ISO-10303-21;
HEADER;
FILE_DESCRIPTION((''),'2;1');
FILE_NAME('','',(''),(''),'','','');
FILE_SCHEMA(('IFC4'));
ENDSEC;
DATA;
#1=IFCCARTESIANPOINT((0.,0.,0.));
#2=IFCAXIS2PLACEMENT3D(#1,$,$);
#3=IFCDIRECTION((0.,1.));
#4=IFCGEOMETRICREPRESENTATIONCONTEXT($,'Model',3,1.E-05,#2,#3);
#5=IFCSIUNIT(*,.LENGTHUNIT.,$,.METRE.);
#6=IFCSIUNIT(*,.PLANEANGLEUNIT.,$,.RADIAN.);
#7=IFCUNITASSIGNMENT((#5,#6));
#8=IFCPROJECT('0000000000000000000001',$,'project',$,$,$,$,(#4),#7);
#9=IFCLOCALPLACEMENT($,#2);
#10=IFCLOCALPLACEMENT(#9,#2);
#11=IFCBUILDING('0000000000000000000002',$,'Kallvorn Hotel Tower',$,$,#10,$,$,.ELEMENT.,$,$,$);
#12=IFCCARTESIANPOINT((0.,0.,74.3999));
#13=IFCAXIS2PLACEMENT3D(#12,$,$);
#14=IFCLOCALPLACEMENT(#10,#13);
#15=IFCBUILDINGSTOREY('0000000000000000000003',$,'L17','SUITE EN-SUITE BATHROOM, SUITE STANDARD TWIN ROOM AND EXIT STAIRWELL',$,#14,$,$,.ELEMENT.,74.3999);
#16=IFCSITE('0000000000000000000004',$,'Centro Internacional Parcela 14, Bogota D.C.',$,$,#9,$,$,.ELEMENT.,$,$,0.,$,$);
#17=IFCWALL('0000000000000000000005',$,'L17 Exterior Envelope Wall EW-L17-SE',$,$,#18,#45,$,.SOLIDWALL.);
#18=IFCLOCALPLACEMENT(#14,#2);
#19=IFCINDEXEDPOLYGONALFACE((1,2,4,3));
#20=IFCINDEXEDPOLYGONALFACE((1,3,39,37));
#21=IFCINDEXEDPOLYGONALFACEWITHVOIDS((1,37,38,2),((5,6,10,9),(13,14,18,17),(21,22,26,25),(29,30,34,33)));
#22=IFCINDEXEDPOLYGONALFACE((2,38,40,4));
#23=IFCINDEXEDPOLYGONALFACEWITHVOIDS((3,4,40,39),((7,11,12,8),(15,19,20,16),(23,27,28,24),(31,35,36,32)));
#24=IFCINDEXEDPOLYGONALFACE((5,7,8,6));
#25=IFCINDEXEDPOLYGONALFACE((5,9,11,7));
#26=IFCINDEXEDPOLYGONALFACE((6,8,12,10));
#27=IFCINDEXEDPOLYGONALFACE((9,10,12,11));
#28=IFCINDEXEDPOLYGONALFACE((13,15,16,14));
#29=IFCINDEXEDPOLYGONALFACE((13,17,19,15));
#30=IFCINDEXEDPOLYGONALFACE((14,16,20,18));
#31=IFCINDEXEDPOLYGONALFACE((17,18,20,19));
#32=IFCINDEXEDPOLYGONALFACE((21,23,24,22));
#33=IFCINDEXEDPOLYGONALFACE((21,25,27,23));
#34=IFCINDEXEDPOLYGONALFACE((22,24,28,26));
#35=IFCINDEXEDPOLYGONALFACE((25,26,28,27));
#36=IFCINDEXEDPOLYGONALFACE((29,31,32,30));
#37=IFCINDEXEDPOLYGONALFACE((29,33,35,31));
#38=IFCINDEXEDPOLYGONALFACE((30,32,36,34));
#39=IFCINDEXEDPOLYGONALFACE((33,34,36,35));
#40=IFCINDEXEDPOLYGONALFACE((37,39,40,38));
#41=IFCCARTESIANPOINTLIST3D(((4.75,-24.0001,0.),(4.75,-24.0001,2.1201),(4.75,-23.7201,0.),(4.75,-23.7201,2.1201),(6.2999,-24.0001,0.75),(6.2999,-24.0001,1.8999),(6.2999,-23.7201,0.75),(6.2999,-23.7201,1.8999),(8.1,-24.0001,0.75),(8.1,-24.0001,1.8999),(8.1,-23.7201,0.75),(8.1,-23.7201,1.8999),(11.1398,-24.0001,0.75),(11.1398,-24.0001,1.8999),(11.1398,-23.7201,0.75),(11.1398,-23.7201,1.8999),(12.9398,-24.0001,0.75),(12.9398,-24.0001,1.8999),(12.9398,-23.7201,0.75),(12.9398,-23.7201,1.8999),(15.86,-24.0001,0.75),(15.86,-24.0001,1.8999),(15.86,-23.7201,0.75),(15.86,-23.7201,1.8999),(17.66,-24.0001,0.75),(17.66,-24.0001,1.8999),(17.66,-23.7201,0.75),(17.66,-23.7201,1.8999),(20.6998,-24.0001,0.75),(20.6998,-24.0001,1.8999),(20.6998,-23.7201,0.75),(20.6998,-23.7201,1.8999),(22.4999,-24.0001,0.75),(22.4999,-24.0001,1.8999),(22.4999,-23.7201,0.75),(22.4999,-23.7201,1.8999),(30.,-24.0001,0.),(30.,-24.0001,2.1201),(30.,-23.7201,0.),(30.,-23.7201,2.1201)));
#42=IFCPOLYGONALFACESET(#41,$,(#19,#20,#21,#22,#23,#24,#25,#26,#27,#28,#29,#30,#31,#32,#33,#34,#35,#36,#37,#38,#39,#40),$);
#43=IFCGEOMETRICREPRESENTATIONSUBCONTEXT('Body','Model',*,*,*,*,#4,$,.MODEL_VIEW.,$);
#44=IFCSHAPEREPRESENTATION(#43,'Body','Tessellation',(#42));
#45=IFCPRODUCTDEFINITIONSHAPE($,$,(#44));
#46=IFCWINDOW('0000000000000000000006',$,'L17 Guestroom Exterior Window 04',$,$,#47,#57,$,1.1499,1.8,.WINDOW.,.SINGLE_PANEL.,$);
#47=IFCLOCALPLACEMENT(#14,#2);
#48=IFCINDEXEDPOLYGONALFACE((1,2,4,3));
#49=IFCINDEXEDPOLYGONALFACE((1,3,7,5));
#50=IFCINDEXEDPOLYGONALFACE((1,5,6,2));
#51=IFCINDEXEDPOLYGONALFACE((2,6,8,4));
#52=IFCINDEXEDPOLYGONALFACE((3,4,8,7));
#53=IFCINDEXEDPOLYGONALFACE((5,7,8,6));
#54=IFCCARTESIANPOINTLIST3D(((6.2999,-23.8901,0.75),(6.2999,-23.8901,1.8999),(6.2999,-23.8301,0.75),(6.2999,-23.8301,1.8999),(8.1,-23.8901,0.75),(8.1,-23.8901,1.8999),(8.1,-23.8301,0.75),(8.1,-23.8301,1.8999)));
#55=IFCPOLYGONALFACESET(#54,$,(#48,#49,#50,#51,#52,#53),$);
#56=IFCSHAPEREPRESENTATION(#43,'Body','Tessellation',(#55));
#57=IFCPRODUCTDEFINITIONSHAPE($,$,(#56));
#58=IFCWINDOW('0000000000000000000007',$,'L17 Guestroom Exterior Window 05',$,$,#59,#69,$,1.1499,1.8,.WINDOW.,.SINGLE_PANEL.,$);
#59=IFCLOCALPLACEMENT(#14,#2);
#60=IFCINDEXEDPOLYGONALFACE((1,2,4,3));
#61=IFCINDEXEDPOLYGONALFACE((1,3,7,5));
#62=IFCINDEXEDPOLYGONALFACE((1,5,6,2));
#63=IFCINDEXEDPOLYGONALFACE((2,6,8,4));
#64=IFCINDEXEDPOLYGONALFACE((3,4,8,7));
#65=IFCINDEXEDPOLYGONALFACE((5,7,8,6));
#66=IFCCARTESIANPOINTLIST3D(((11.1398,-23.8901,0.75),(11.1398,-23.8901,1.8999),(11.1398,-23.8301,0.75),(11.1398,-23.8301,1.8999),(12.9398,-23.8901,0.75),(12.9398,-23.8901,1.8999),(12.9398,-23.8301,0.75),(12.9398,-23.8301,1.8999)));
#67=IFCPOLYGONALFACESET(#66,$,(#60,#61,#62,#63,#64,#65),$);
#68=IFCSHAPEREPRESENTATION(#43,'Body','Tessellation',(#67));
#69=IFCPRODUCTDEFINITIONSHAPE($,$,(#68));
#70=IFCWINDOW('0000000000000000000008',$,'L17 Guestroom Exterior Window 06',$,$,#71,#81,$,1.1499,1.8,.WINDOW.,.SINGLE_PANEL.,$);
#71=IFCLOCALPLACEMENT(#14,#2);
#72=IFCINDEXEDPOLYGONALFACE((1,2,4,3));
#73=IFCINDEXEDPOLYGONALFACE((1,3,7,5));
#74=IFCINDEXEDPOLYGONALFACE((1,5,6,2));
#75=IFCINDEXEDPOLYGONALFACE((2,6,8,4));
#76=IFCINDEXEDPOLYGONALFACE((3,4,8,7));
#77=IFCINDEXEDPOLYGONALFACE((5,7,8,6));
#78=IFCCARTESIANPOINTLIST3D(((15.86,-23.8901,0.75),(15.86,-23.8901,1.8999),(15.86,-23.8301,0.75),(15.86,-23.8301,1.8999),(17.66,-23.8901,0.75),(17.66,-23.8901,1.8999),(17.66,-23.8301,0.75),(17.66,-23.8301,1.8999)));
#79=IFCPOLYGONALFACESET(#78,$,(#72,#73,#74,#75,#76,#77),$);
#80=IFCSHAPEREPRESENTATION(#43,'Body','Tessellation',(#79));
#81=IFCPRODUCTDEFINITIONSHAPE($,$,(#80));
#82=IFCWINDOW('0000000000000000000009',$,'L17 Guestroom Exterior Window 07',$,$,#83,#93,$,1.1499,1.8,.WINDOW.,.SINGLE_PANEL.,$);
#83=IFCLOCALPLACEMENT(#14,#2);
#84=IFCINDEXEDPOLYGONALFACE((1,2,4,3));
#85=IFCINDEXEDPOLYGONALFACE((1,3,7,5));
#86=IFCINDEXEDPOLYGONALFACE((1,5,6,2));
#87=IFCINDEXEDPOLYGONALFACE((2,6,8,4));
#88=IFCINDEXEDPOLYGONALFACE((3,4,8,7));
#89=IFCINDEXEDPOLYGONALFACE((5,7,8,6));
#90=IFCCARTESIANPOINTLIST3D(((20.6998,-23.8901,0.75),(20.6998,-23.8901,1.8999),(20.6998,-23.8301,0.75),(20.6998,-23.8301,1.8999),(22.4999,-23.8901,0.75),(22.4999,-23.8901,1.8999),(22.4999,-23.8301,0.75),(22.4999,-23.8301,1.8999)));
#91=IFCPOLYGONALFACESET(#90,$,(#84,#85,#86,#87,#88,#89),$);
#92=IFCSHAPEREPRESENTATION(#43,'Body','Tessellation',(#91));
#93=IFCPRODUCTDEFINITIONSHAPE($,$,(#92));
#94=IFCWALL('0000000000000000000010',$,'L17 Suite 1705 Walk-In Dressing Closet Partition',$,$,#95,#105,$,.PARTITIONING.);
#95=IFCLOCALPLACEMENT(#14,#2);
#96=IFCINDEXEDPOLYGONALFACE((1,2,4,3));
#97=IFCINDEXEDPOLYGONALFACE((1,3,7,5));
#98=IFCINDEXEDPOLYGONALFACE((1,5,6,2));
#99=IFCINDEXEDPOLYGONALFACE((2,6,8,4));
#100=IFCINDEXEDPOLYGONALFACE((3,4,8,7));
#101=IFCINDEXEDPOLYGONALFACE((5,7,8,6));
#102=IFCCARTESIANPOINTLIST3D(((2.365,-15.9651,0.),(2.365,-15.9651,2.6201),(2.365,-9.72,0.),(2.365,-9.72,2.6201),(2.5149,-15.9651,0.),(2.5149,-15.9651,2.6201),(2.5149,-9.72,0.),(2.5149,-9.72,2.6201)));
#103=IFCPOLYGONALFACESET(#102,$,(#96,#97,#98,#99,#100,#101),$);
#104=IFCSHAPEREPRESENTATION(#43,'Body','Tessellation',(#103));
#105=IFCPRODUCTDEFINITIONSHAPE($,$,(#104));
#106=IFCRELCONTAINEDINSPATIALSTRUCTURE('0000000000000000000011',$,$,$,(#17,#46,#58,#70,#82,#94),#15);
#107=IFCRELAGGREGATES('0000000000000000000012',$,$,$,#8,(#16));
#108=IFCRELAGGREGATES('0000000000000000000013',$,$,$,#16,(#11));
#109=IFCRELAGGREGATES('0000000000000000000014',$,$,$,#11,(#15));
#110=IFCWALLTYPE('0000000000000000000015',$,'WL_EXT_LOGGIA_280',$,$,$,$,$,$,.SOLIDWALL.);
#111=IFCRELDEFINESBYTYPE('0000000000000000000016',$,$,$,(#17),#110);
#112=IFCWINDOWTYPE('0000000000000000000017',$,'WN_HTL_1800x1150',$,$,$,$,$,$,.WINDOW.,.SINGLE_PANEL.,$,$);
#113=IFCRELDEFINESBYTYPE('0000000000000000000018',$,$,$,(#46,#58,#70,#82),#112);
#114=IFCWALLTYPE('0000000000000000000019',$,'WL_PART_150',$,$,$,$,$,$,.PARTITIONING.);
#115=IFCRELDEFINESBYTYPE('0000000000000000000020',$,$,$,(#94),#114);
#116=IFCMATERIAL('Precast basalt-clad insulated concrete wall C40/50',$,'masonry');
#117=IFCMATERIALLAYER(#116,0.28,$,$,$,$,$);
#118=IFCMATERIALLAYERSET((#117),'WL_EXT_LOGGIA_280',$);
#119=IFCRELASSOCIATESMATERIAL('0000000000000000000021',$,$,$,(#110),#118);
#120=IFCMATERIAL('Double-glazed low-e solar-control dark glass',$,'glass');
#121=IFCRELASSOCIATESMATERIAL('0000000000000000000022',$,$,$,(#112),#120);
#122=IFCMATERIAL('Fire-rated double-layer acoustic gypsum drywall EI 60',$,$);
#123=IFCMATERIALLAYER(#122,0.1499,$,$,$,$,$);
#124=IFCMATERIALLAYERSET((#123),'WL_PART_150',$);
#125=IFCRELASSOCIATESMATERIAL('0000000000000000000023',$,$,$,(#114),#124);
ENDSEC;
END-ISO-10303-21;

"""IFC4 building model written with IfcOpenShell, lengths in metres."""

from ifc_helpers import new_model, si_unit, direction, frame, frame_2d, origin, place, context, subcontext, project, spatial, rectangle, extrude, material, layer, layer_set, type_object, element, fill, save


model = new_model("IFC4")

# Units and contexts
model_context = context("Model", 3, precision=1e-05, world=origin(), true_north=direction((0.0, 1.0)))
body_context = subcontext(model_context, "Body", "Model", "MODEL_VIEW")
ifc_project = project(units=[si_unit("LENGTHUNIT", "METRE"), si_unit("PLANEANGLEUNIT", "RADIAN")], contexts=[model_context])

# Site, building, storey
site_placement = place(None, origin())
site = spatial("IfcSite", under=ifc_project, at=site_placement, Name="Centro Internacional Parcela 14, Bogota D.C.", CompositionType="ELEMENT", RefElevation=0.0)
building_placement = place(site_placement, origin())
building = spatial("IfcBuilding", under=site, at=building_placement, Name="Kallvorn Hotel Tower", CompositionType="ELEMENT")
storey_placement = place(building_placement, frame((0.0, 0.0, 74.3999)))
storey = spatial("IfcBuildingStorey", under=building, at=storey_placement, Name="L17", Description="SUITE EN-SUITE BATHROOM, SUITE STANDARD TWIN ROOM AND EXIT STAIRWELL", CompositionType="ELEMENT", Elevation=74.3999)

# Wall, openings, windows
ifc_material_1 = material(Name="Precast basalt-clad insulated concrete wall C40/50", Category="masonry")
ifc_layer_1 = layer(ifc_material_1, 0.28)
ifc_layer_set_1 = layer_set([ifc_layer_1], Name="WL_EXT_LOGGIA_280")
wall_type_1 = type_object("IfcWallType", Name="WL_EXT_LOGGIA_280", PredefinedType="SOLIDWALL", material=ifc_layer_set_1)
wall_1_placement = place(storey_placement, frame((4.75, -23.8601, 0.0), z_axis=(0.0, 0.0, 1.0), x_axis=(1.0, 0.0, 0.0)))
wall_1 = element("IfcWall", 1, at=wall_1_placement, inside=storey, type_object=wall_type_1, Name="L17 Exterior Envelope Wall EW-L17-SE", PredefinedType="SOLIDWALL", context=body_context, shape_type="SweptSolid", body=[
    extrude(rectangle(XDim=25.25, YDim=0.28, at=frame_2d((12.625, 0.0))), origin(), (0.0, 0.0, 1.0), 2.1201),
])
opening_1_placement = place(wall_1_placement, frame((1.55, 0.0, 0.75)))
opening_1 = element("IfcOpeningElement", 2, at=opening_1_placement, cuts=wall_1, PredefinedType="OPENING", context=body_context, shape_type="SweptSolid", body=[
    extrude(rectangle(XDim=1.8, YDim=1.1499, at=frame_2d((0.8999, 0.575))), frame((0.0, 0.155, 0.0), z_axis=(0.0, -1.0, 0.0), x_axis=(1.0, 0.0, 0.0)), (0.0, 0.0, 1.0), 0.3101),
])
opening_2_placement = place(wall_1_placement, frame((6.3899, 0.0, 0.75)))
opening_2 = element("IfcOpeningElement", 3, at=opening_2_placement, cuts=wall_1, PredefinedType="OPENING", context=body_context, shape_type="SweptSolid", body=[
    extrude(rectangle(XDim=1.8, YDim=1.1499, at=frame_2d((0.8999, 0.575))), frame((0.0, 0.155, 0.0), z_axis=(0.0, -1.0, 0.0), x_axis=(1.0, 0.0, 0.0)), (0.0, 0.0, 1.0), 0.3101),
])
opening_3_placement = place(wall_1_placement, frame((11.1101, 0.0, 0.75)))
opening_3 = element("IfcOpeningElement", 4, at=opening_3_placement, cuts=wall_1, PredefinedType="OPENING", context=body_context, shape_type="SweptSolid", body=[
    extrude(rectangle(XDim=1.8, YDim=1.1499, at=frame_2d((0.8999, 0.575))), frame((0.0, 0.155, 0.0), z_axis=(0.0, -1.0, 0.0), x_axis=(1.0, 0.0, 0.0)), (0.0, 0.0, 1.0), 0.3101),
])
opening_4_placement = place(wall_1_placement, frame((15.95, 0.0, 0.75)))
opening_4 = element("IfcOpeningElement", 5, at=opening_4_placement, cuts=wall_1, PredefinedType="OPENING", context=body_context, shape_type="SweptSolid", body=[
    extrude(rectangle(XDim=1.8, YDim=1.1499, at=frame_2d((0.8999, 0.575))), frame((0.0, 0.155, 0.0), z_axis=(0.0, -1.0, 0.0), x_axis=(1.0, 0.0, 0.0)), (0.0, 0.0, 1.0), 0.3101),
])
ifc_material_2 = material(Name="Double-glazed low-e solar-control dark glass", Category="glass")
window_type = type_object("IfcWindowType", Name="WN_HTL_1800x1150", PartitioningType="SINGLE_PANEL", PredefinedType="WINDOW", material=ifc_material_2)
window_1_placement = place(opening_1_placement, origin())
window_1 = element("IfcWindow", 6, at=window_1_placement, inside=storey, type_object=window_type, Name="L17 Guestroom Exterior Window 04", OverallHeight=1.1499, OverallWidth=1.8, PartitioningType="SINGLE_PANEL", PredefinedType="WINDOW", context=body_context, shape_type="SweptSolid", body=[
    extrude(rectangle(XDim=1.8, YDim=1.1499, at=frame_2d((0.8999, 0.575))), frame((0.0, 0.03, 0.0), z_axis=(0.0, -1.0, 0.0), x_axis=(1.0, 0.0, 0.0)), (0.0, 0.0, 1.0), 0.0601),
])
fill(opening_1, window_1)
window_2_placement = place(opening_2_placement, origin())
window_2 = element("IfcWindow", 7, at=window_2_placement, inside=storey, type_object=window_type, Name="L17 Guestroom Exterior Window 05", OverallHeight=1.1499, OverallWidth=1.8, PartitioningType="SINGLE_PANEL", PredefinedType="WINDOW", context=body_context, shape_type="SweptSolid", body=[
    extrude(rectangle(XDim=1.8, YDim=1.1499, at=frame_2d((0.8999, 0.575))), frame((0.0, 0.03, 0.0), z_axis=(0.0, -1.0, 0.0), x_axis=(1.0, 0.0, 0.0)), (0.0, 0.0, 1.0), 0.0601),
])
fill(opening_2, window_2)
window_3_placement = place(opening_3_placement, origin())
window_3 = element("IfcWindow", 8, at=window_3_placement, inside=storey, type_object=window_type, Name="L17 Guestroom Exterior Window 06", OverallHeight=1.1499, OverallWidth=1.8, PartitioningType="SINGLE_PANEL", PredefinedType="WINDOW", context=body_context, shape_type="SweptSolid", body=[
    extrude(rectangle(XDim=1.8, YDim=1.1499, at=frame_2d((0.8999, 0.575))), frame((0.0, 0.03, 0.0), z_axis=(0.0, -1.0, 0.0), x_axis=(1.0, 0.0, 0.0)), (0.0, 0.0, 1.0), 0.0601),
])
fill(opening_3, window_3)
window_4_placement = place(opening_4_placement, origin())
window_4 = element("IfcWindow", 9, at=window_4_placement, inside=storey, type_object=window_type, Name="L17 Guestroom Exterior Window 07", OverallHeight=1.1499, OverallWidth=1.8, PartitioningType="SINGLE_PANEL", PredefinedType="WINDOW", context=body_context, shape_type="SweptSolid", body=[
    extrude(rectangle(XDim=1.8, YDim=1.1499, at=frame_2d((0.8999, 0.575))), frame((0.0, 0.03, 0.0), z_axis=(0.0, -1.0, 0.0), x_axis=(1.0, 0.0, 0.0)), (0.0, 0.0, 1.0), 0.0601),
])
fill(opening_4, window_4)

# Wall
ifc_material_3 = material(Name="Fire-rated double-layer acoustic gypsum drywall EI 60")
ifc_layer_2 = layer(ifc_material_3, 0.1499)
ifc_layer_set_2 = layer_set([ifc_layer_2], Name="WL_PART_150")
wall_type_2 = type_object("IfcWallType", Name="WL_PART_150", PredefinedType="PARTITIONING", material=ifc_layer_set_2)
wall_2_placement = place(storey_placement, frame((2.4399, -15.9651, 0.0), z_axis=(0.0, 0.0, 1.0), x_axis=(0.0, 1.0, 0.0)))
element("IfcWall", 10, at=wall_2_placement, inside=storey, type_object=wall_type_2, Name="L17 Suite 1705 Walk-In Dressing Closet Partition", PredefinedType="PARTITIONING", context=body_context, shape_type="SweptSolid", body=[
    extrude(rectangle(XDim=6.2451, YDim=0.1499, at=frame_2d((3.1226, 0.0))), origin(), (0.0, 0.0, 1.0), 2.6201),
])

save(model, "model.ifc")
